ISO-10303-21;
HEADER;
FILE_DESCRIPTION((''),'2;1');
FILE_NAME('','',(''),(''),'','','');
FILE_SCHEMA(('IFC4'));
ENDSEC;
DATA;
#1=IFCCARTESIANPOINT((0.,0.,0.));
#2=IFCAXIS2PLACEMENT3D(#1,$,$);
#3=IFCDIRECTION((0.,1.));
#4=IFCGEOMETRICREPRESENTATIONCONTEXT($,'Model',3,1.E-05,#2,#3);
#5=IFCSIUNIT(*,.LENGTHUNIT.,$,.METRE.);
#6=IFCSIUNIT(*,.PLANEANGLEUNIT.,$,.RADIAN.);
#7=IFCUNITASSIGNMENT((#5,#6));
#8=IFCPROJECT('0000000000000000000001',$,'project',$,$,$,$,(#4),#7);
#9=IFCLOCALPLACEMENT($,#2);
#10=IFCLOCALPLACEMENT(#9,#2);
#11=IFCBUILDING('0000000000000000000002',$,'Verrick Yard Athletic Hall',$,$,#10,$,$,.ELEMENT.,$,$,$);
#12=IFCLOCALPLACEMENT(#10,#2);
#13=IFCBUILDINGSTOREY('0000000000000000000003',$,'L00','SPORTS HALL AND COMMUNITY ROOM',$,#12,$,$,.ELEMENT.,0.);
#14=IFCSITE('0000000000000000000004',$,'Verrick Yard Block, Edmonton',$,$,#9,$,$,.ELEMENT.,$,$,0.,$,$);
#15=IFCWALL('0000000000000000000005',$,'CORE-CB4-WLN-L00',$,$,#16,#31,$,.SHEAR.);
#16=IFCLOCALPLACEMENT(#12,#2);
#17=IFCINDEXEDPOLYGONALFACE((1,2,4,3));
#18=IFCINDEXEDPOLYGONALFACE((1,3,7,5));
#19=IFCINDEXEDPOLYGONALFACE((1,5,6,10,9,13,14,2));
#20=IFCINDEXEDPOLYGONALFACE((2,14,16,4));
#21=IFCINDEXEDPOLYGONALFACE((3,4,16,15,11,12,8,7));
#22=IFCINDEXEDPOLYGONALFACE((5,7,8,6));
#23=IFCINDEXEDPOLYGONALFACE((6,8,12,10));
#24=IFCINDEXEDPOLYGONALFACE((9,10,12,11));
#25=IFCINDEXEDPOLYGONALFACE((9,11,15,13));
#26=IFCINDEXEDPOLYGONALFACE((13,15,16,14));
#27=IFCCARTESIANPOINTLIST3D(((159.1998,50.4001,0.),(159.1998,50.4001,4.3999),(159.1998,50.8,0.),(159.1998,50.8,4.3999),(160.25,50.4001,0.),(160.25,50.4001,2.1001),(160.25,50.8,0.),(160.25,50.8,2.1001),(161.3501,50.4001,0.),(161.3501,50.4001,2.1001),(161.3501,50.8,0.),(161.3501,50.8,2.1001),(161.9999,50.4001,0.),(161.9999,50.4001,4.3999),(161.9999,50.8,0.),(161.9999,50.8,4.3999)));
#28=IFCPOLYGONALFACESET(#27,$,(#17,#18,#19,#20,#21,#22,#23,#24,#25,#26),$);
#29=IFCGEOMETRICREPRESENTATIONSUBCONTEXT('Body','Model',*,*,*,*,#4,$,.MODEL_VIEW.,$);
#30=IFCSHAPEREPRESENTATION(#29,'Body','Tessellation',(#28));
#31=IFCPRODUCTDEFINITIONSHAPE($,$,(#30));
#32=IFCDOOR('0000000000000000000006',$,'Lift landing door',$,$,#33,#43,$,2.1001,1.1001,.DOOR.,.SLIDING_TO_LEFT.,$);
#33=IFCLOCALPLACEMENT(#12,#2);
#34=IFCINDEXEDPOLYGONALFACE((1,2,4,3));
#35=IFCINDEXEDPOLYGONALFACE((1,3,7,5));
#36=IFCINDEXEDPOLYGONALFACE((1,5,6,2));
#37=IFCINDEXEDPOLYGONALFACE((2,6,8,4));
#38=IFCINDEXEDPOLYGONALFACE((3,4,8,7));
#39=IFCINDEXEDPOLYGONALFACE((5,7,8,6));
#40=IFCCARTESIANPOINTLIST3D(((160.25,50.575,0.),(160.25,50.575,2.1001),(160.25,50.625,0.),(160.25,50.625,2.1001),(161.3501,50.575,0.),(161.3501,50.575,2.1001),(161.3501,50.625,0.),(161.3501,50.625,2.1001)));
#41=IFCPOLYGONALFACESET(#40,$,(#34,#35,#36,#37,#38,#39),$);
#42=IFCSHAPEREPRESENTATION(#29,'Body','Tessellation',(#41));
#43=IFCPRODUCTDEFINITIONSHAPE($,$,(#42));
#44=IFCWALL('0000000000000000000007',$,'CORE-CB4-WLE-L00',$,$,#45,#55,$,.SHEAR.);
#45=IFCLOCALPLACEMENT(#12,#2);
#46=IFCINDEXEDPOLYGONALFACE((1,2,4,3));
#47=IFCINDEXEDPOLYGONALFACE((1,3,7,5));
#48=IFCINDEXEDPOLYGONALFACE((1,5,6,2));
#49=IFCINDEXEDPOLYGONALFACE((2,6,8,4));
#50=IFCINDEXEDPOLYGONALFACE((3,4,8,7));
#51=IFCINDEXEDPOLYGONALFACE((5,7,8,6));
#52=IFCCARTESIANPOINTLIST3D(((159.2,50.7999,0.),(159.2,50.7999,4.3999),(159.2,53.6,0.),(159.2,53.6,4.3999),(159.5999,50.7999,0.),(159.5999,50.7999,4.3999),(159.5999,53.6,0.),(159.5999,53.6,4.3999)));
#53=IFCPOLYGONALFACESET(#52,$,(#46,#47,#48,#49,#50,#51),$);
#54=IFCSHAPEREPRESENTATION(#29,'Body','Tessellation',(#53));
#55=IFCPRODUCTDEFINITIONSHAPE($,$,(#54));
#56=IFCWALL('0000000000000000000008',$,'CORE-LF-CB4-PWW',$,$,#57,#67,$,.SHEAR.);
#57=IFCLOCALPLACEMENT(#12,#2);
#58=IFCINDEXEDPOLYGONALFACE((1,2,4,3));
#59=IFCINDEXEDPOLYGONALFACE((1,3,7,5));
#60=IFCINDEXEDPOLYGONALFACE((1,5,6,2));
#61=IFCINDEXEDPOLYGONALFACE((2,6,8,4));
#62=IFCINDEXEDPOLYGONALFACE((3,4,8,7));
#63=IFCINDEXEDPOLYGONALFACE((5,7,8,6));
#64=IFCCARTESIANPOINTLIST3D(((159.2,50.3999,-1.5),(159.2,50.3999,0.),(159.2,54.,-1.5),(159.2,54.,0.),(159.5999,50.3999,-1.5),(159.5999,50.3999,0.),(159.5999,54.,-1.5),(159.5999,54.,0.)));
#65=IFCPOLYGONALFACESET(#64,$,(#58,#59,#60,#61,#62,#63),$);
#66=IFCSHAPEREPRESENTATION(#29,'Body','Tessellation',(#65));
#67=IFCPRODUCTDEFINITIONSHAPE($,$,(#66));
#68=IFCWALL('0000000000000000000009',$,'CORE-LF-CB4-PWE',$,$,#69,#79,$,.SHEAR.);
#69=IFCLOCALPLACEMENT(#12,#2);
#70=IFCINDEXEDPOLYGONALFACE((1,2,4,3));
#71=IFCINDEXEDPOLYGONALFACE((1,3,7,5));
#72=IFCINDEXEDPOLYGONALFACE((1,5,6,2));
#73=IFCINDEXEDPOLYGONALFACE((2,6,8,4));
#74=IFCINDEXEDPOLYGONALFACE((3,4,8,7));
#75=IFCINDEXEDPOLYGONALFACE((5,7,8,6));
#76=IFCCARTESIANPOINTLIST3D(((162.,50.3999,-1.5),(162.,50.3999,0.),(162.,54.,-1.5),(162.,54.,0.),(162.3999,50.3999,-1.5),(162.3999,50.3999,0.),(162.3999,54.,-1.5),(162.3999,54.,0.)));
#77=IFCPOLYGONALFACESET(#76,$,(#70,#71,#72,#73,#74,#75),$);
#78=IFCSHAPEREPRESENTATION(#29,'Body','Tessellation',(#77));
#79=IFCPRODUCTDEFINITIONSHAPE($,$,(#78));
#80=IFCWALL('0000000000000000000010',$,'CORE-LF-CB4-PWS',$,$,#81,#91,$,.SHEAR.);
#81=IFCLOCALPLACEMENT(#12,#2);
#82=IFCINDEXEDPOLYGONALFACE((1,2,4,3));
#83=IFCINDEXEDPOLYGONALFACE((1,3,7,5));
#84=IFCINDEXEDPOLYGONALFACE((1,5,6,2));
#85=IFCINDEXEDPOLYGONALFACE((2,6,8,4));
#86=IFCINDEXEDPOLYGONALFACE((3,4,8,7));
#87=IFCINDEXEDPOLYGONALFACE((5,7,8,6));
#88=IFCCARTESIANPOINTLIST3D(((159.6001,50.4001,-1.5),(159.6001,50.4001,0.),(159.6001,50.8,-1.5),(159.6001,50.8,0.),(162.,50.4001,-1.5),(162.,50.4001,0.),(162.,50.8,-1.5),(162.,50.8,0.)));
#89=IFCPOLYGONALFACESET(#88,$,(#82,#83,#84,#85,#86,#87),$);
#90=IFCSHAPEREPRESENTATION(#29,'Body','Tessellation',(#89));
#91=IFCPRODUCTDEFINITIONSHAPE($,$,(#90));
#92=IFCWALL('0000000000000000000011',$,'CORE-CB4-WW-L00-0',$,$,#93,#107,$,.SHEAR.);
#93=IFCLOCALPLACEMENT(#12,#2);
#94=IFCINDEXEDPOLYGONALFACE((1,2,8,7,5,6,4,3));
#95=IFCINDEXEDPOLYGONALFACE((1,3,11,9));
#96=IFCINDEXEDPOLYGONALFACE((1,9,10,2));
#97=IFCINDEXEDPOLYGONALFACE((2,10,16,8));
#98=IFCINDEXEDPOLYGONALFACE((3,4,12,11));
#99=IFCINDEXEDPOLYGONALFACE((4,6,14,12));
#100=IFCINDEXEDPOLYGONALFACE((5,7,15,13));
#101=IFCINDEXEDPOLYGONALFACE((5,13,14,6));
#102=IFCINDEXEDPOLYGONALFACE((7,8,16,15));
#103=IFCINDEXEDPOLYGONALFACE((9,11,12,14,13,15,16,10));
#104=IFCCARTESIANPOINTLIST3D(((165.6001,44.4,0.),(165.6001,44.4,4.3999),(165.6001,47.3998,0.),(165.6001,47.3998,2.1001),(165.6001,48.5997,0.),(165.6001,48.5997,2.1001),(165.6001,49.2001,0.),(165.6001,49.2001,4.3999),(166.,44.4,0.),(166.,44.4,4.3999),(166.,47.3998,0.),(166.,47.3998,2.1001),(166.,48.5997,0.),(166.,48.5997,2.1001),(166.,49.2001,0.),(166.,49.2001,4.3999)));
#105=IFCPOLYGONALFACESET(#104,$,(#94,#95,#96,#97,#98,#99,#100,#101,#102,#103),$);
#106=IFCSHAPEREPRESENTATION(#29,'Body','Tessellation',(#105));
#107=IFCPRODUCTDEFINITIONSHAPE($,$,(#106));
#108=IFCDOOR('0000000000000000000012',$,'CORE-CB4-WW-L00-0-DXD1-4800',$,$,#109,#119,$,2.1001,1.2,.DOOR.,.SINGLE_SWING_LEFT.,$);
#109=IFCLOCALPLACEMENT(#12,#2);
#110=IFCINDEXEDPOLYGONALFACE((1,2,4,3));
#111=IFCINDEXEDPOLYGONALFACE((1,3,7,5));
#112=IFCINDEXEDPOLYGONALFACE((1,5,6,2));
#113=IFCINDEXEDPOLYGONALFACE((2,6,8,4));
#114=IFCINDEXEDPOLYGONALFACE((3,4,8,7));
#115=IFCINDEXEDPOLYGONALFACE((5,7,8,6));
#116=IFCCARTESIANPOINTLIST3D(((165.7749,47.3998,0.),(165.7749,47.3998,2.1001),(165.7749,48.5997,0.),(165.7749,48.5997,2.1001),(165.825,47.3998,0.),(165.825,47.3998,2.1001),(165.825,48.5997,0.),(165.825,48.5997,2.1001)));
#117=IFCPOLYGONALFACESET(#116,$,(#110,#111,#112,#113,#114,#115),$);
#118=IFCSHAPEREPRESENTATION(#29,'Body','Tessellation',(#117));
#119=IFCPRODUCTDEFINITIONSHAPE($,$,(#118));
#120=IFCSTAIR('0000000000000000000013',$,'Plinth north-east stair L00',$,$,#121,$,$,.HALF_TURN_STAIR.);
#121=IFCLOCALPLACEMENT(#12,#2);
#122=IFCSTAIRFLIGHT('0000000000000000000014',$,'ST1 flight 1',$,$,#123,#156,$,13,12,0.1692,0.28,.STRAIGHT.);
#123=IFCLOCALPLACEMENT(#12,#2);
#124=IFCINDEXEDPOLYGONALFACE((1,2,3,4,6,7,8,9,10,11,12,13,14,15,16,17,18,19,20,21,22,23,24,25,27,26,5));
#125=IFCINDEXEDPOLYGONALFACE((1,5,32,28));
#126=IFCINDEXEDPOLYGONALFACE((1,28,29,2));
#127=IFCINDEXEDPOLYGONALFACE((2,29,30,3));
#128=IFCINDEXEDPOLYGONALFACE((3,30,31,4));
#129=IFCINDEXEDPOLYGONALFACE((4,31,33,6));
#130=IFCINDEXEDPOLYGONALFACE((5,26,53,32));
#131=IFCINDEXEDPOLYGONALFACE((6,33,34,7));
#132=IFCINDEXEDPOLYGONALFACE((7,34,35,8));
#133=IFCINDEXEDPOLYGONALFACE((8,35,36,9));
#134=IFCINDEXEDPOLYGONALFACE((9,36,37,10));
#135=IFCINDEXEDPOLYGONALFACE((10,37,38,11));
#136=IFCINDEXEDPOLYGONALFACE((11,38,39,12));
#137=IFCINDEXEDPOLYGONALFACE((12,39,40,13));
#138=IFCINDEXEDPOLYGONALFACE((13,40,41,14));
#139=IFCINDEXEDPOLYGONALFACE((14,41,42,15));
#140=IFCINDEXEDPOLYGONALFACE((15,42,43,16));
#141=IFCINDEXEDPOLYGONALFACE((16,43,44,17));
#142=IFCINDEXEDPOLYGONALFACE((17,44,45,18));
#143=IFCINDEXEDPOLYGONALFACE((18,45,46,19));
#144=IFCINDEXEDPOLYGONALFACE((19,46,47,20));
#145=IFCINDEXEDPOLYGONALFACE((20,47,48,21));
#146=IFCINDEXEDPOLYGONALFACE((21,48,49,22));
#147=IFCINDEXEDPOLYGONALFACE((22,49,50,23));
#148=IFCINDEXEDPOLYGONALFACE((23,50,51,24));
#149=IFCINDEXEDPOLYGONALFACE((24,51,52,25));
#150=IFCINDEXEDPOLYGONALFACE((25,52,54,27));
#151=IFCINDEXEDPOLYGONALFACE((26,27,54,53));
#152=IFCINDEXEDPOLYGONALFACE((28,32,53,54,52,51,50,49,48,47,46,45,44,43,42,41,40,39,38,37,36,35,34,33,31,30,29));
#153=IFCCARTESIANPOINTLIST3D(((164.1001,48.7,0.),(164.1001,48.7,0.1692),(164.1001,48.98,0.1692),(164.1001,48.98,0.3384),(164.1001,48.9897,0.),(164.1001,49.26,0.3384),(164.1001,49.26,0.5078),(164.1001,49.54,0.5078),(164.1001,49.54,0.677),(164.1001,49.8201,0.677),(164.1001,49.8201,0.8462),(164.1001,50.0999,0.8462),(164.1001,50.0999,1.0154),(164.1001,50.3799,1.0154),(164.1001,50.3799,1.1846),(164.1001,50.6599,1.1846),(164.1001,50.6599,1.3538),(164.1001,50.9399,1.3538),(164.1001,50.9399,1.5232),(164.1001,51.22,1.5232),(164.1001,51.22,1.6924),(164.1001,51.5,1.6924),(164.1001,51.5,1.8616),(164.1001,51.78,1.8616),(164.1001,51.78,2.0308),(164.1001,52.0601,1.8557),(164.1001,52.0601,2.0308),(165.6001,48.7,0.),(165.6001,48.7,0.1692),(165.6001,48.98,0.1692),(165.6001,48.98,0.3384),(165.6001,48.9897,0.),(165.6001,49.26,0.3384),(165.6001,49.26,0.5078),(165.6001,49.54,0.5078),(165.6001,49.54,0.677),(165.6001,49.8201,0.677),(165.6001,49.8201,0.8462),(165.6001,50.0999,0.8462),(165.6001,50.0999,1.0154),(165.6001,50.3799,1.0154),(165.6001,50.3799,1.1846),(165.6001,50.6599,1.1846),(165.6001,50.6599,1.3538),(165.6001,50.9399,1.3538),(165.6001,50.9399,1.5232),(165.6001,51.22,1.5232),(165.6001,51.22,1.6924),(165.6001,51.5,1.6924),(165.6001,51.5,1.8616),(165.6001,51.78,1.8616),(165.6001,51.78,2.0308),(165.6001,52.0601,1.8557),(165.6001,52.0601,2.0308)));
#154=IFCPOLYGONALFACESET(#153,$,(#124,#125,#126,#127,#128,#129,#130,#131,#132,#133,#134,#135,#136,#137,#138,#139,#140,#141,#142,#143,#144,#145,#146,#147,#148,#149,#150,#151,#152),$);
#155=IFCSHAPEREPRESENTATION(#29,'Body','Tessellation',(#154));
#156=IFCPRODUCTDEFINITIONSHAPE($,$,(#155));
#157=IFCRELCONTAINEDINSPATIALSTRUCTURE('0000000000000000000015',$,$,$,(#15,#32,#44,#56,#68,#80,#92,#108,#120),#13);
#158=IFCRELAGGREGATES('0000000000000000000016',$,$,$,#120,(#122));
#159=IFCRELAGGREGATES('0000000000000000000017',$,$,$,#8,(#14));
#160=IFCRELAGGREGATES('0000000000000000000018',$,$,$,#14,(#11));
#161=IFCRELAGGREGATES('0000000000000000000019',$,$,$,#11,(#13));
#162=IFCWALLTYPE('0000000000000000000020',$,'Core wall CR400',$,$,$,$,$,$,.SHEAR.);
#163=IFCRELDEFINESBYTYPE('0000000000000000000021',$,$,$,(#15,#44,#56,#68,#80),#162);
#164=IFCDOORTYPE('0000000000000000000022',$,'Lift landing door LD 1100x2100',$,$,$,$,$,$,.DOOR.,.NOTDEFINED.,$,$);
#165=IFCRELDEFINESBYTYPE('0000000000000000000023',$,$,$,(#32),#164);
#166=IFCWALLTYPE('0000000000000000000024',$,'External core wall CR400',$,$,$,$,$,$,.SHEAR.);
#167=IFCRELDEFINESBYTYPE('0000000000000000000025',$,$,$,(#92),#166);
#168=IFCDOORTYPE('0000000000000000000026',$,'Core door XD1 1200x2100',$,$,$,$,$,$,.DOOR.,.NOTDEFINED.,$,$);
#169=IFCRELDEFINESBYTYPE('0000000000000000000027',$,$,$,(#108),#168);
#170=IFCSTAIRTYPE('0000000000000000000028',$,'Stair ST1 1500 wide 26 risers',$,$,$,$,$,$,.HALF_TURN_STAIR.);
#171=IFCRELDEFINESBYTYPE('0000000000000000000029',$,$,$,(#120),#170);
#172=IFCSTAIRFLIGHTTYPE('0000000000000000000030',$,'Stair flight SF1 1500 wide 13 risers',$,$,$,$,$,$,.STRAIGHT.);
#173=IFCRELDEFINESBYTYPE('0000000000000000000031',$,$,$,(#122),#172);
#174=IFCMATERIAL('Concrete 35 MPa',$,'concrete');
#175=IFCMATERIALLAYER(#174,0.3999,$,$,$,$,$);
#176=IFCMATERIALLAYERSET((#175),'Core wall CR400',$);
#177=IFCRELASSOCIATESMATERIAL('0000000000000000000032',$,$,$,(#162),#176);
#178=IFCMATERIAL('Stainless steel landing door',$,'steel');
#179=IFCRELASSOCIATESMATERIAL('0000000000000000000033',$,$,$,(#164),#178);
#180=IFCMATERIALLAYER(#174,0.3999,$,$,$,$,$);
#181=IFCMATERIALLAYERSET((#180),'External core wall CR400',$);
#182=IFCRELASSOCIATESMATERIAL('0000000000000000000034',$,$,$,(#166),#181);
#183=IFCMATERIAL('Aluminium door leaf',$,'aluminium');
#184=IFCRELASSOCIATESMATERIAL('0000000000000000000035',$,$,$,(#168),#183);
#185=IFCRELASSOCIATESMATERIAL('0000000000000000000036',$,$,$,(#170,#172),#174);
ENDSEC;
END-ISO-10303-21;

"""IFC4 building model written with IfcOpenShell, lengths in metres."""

from ifc_helpers import new_model, si_unit, direction, frame, frame_2d, origin, place, context, subcontext, project, spatial, polyline, rectangle, outline, extrude, material, layer, layer_set, type_object, element, fill, aggregate, save


model = new_model("IFC4")

# Units and contexts
model_context = context("Model", 3, precision=1e-05, world=origin(), true_north=direction((0.0, 1.0)))
body_context = subcontext(model_context, "Body", "Model", "MODEL_VIEW")
ifc_project = project(units=[si_unit("LENGTHUNIT", "METRE"), si_unit("PLANEANGLEUNIT", "RADIAN")], contexts=[model_context])

# Site, building, storey
site_placement = place(None, origin())
site = spatial("IfcSite", under=ifc_project, at=site_placement, Name="Verrick Yard Block, Edmonton", CompositionType="ELEMENT", RefElevation=0.0)
building_placement = place(site_placement, origin())
building = spatial("IfcBuilding", under=site, at=building_placement, Name="Verrick Yard Athletic Hall", CompositionType="ELEMENT")
storey_placement = place(building_placement, origin())
storey = spatial("IfcBuildingStorey", under=building, at=storey_placement, Name="L00", Description="SPORTS HALL AND COMMUNITY ROOM", CompositionType="ELEMENT", Elevation=0.0)

# Shared definitions
ifc_material_1 = material(Name="Concrete 35 MPa", Category="concrete")

# Wall, opening, door
ifc_layer_1 = layer(ifc_material_1, 0.3999)
ifc_layer_set_1 = layer_set([ifc_layer_1], Name="Core wall CR400")
wall_type_1 = type_object("IfcWallType", Name="Core wall CR400", PredefinedType="SHEAR", material=ifc_layer_set_1)
wall_1_placement = place(storey_placement, frame((159.2, 50.6001, 0.0), z_axis=(0.0, 0.0, 1.0), x_axis=(1.0, 0.0, 0.0)))
wall_1 = element("IfcWall", 1, at=wall_1_placement, inside=storey, type_object=wall_type_1, Name="CORE-CB4-WLN-L00", PredefinedType="SHEAR", context=body_context, shape_type="SweptSolid", body=[
    extrude(rectangle(XDim=2.8, YDim=0.3999, at=frame_2d((1.3999, 0.0))), origin(), (0.0, 0.0, 1.0), 4.3999),
])
opening_1_placement = place(wall_1_placement, frame((1.05, 0.0, 0.0)))
opening_1 = element("IfcOpeningElement", 2, at=opening_1_placement, cuts=wall_1, PredefinedType="OPENING", context=body_context, shape_type="SweptSolid", body=[
    extrude(rectangle(XDim=1.1001, YDim=2.1001, at=frame_2d((0.55, 1.05))), frame((0.0, 0.21, 0.0), z_axis=(0.0, -1.0, 0.0), x_axis=(1.0, 0.0, 0.0)), (0.0, 0.0, 1.0), 0.4199),
])
ifc_material_2 = material(Name="Stainless steel landing door", Category="steel")
door_type_1 = type_object("IfcDoorType", Name="Lift landing door LD 1100x2100", OperationType="NOTDEFINED", PredefinedType="DOOR", material=ifc_material_2)
door_1_placement = place(opening_1_placement, origin())
door_1 = element("IfcDoor", 3, at=door_1_placement, inside=storey, type_object=door_type_1, Name="Lift landing door", OperationType="SLIDING_TO_LEFT", OverallHeight=2.1001, OverallWidth=1.1001, PredefinedType="DOOR", context=body_context, shape_type="SweptSolid", body=[
    extrude(rectangle(XDim=1.1001, YDim=2.1001, at=frame_2d((0.55, 1.05))), frame((0.0, 0.0249, 0.0), z_axis=(0.0, -1.0, 0.0), x_axis=(1.0, 0.0, 0.0)), (0.0, 0.0, 1.0), 0.05),
])
fill(opening_1, door_1)

# Walls
wall_2_placement = place(storey_placement, frame((159.3999, 50.8, 0.0), z_axis=(0.0, 0.0, 1.0), x_axis=(0.0, 1.0, 0.0)))
element("IfcWall", 4, at=wall_2_placement, inside=storey, type_object=wall_type_1, Name="CORE-CB4-WLE-L00", PredefinedType="SHEAR", context=body_context, shape_type="SweptSolid", body=[
    extrude(rectangle(XDim=2.8, YDim=0.3999, at=frame_2d((1.3999, 0.0))), origin(), (0.0, 0.0, 1.0), 4.3999),
])
for number, where, z_axis, x_axis, name in (
    (5, (159.3999, 50.3999, -1.5), (0.0, 0.0, 1.0), (0.0, 1.0, 0.0), "CORE-LF-CB4-PWW"),
    (6, (162.2, 50.3999, -1.5), (0.0, 0.0, 1.0), (0.0, 1.0, 0.0), "CORE-LF-CB4-PWE"),
):
    element("IfcWall", number, at=place(storey_placement, frame(where, z_axis=z_axis, x_axis=x_axis)), inside=storey, type_object=wall_type_1, Name=name, PredefinedType="SHEAR", context=body_context, shape_type="SweptSolid", body=[
        extrude(rectangle(XDim=3.6001, YDim=0.3999, at=frame_2d((1.8, 0.0))), origin(), (0.0, 0.0, 1.0), 1.5),
    ])
wall_3_placement = place(storey_placement, frame((159.6001, 50.6001, -1.5), z_axis=(0.0, 0.0, 1.0), x_axis=(1.0, 0.0, 0.0)))
element("IfcWall", 7, at=wall_3_placement, inside=storey, type_object=wall_type_1, Name="CORE-LF-CB4-PWS", PredefinedType="SHEAR", context=body_context, shape_type="SweptSolid", body=[
    extrude(rectangle(XDim=2.3999, YDim=0.3999, at=frame_2d((1.2, 0.0))), origin(), (0.0, 0.0, 1.0), 1.5),
])

# Wall, opening, door
ifc_layer_2 = layer(ifc_material_1, 0.3999)
ifc_layer_set_2 = layer_set([ifc_layer_2], Name="External core wall CR400")
wall_type_2 = type_object("IfcWallType", Name="External core wall CR400", PredefinedType="SHEAR", material=ifc_layer_set_2)
wall_4_placement = place(storey_placement, frame((165.8, 49.2, 0.0), z_axis=(0.0, 0.0, 1.0), x_axis=(0.0, -1.0, 0.0)))
wall_4 = element("IfcWall", 8, at=wall_4_placement, inside=storey, type_object=wall_type_2, Name="CORE-CB4-WW-L00-0", PredefinedType="SHEAR", context=body_context, shape_type="SweptSolid", body=[
    extrude(rectangle(XDim=4.8, YDim=0.3999, at=frame_2d((2.3999, 0.0))), origin(), (0.0, 0.0, 1.0), 4.3999),
])
opening_2_placement = place(wall_4_placement, frame((0.6001, 0.0, 0.0)))
opening_2 = element("IfcOpeningElement", 9, at=opening_2_placement, cuts=wall_4, PredefinedType="OPENING", context=body_context, shape_type="SweptSolid", body=[
    extrude(rectangle(XDim=1.2, YDim=2.1001, at=frame_2d((0.6001, 1.05))), frame((0.0, 0.21, 0.0), z_axis=(0.0, -1.0, 0.0), x_axis=(1.0, 0.0, 0.0)), (0.0, 0.0, 1.0), 0.4199),
])
ifc_material_3 = material(Name="Aluminium door leaf", Category="aluminium")
door_type_2 = type_object("IfcDoorType", Name="Core door XD1 1200x2100", OperationType="NOTDEFINED", PredefinedType="DOOR", material=ifc_material_3)
door_2_placement = place(opening_2_placement, origin())
door_2 = element("IfcDoor", 10, at=door_2_placement, inside=storey, type_object=door_type_2, Name="CORE-CB4-WW-L00-0-DXD1-4800", OperationType="SINGLE_SWING_LEFT", OverallHeight=2.1001, OverallWidth=1.2, PredefinedType="DOOR", context=body_context, shape_type="SweptSolid", body=[
    extrude(rectangle(XDim=1.2, YDim=2.1001, at=frame_2d((0.6001, 1.05))), frame((0.0, 0.0249, 0.0), z_axis=(0.0, -1.0, 0.0), x_axis=(1.0, 0.0, 0.0)), (0.0, 0.0, 1.0), 0.05),
])
fill(opening_2, door_2)

# Stair, stair flight
stair_type = type_object("IfcStairType", Name="Stair ST1 1500 wide 26 risers", PredefinedType="HALF_TURN_STAIR", material=ifc_material_1)
stair_placement = place(storey_placement, origin())
stair = element("IfcStair", 11, at=stair_placement, inside=storey, type_object=stair_type, Name="Plinth north-east stair L00", PredefinedType="HALF_TURN_STAIR")
stair_flight_type = type_object("IfcStairFlightType", Name="Stair flight SF1 1500 wide 13 risers", PredefinedType="STRAIGHT", material=ifc_material_1)
stair_flight_placement = place(storey_placement, frame((164.8501, 48.7, 0.0), z_axis=(0.0, 0.0, 1.0), x_axis=(0.0, 1.0, 0.0)))
stair_flight = element("IfcStairFlight", 12, at=stair_flight_placement, type_object=stair_flight_type, Name="ST1 flight 1", NumberOfRisers=13, NumberOfTreads=12, PredefinedType="STRAIGHT", RiserHeight=0.1692, TreadLength=0.28, context=body_context, shape_type="SweptSolid", body=[
    extrude(outline(polyline([(0.0, 0.0), (0.0, 0.1692), (0.28, 0.1692), (0.28, 0.3384), (0.5601, 0.3384), (0.5601, 0.5078), (0.8401, 0.5078), (0.8401, 0.677), (1.1201, 0.677), (1.1201, 0.8462), (1.3999, 0.8462), (1.3999, 1.0154), (1.6799, 1.0154), (1.6799, 1.1846), (1.96, 1.1846), (1.96, 1.3538), (2.24, 1.3538), (2.24, 1.5232), (2.52, 1.5232), (2.52, 1.6924), (2.8, 1.6924), (2.8, 1.8616), (3.0801, 1.8616), (3.0801, 2.0308), (3.3601, 2.0308), (3.3601, 2.2), (3.3601, 1.8557), (0.2898, 0.0), (0.0, 0.0)])), frame((0.0, 0.75, 0.0), z_axis=(0.0, -1.0, 0.0), x_axis=(1.0, 0.0, 0.0)), (0.0, 0.0, 1.0), 1.5),
])
aggregate(stair, [stair_flight])

save(model, "model.ifc")
